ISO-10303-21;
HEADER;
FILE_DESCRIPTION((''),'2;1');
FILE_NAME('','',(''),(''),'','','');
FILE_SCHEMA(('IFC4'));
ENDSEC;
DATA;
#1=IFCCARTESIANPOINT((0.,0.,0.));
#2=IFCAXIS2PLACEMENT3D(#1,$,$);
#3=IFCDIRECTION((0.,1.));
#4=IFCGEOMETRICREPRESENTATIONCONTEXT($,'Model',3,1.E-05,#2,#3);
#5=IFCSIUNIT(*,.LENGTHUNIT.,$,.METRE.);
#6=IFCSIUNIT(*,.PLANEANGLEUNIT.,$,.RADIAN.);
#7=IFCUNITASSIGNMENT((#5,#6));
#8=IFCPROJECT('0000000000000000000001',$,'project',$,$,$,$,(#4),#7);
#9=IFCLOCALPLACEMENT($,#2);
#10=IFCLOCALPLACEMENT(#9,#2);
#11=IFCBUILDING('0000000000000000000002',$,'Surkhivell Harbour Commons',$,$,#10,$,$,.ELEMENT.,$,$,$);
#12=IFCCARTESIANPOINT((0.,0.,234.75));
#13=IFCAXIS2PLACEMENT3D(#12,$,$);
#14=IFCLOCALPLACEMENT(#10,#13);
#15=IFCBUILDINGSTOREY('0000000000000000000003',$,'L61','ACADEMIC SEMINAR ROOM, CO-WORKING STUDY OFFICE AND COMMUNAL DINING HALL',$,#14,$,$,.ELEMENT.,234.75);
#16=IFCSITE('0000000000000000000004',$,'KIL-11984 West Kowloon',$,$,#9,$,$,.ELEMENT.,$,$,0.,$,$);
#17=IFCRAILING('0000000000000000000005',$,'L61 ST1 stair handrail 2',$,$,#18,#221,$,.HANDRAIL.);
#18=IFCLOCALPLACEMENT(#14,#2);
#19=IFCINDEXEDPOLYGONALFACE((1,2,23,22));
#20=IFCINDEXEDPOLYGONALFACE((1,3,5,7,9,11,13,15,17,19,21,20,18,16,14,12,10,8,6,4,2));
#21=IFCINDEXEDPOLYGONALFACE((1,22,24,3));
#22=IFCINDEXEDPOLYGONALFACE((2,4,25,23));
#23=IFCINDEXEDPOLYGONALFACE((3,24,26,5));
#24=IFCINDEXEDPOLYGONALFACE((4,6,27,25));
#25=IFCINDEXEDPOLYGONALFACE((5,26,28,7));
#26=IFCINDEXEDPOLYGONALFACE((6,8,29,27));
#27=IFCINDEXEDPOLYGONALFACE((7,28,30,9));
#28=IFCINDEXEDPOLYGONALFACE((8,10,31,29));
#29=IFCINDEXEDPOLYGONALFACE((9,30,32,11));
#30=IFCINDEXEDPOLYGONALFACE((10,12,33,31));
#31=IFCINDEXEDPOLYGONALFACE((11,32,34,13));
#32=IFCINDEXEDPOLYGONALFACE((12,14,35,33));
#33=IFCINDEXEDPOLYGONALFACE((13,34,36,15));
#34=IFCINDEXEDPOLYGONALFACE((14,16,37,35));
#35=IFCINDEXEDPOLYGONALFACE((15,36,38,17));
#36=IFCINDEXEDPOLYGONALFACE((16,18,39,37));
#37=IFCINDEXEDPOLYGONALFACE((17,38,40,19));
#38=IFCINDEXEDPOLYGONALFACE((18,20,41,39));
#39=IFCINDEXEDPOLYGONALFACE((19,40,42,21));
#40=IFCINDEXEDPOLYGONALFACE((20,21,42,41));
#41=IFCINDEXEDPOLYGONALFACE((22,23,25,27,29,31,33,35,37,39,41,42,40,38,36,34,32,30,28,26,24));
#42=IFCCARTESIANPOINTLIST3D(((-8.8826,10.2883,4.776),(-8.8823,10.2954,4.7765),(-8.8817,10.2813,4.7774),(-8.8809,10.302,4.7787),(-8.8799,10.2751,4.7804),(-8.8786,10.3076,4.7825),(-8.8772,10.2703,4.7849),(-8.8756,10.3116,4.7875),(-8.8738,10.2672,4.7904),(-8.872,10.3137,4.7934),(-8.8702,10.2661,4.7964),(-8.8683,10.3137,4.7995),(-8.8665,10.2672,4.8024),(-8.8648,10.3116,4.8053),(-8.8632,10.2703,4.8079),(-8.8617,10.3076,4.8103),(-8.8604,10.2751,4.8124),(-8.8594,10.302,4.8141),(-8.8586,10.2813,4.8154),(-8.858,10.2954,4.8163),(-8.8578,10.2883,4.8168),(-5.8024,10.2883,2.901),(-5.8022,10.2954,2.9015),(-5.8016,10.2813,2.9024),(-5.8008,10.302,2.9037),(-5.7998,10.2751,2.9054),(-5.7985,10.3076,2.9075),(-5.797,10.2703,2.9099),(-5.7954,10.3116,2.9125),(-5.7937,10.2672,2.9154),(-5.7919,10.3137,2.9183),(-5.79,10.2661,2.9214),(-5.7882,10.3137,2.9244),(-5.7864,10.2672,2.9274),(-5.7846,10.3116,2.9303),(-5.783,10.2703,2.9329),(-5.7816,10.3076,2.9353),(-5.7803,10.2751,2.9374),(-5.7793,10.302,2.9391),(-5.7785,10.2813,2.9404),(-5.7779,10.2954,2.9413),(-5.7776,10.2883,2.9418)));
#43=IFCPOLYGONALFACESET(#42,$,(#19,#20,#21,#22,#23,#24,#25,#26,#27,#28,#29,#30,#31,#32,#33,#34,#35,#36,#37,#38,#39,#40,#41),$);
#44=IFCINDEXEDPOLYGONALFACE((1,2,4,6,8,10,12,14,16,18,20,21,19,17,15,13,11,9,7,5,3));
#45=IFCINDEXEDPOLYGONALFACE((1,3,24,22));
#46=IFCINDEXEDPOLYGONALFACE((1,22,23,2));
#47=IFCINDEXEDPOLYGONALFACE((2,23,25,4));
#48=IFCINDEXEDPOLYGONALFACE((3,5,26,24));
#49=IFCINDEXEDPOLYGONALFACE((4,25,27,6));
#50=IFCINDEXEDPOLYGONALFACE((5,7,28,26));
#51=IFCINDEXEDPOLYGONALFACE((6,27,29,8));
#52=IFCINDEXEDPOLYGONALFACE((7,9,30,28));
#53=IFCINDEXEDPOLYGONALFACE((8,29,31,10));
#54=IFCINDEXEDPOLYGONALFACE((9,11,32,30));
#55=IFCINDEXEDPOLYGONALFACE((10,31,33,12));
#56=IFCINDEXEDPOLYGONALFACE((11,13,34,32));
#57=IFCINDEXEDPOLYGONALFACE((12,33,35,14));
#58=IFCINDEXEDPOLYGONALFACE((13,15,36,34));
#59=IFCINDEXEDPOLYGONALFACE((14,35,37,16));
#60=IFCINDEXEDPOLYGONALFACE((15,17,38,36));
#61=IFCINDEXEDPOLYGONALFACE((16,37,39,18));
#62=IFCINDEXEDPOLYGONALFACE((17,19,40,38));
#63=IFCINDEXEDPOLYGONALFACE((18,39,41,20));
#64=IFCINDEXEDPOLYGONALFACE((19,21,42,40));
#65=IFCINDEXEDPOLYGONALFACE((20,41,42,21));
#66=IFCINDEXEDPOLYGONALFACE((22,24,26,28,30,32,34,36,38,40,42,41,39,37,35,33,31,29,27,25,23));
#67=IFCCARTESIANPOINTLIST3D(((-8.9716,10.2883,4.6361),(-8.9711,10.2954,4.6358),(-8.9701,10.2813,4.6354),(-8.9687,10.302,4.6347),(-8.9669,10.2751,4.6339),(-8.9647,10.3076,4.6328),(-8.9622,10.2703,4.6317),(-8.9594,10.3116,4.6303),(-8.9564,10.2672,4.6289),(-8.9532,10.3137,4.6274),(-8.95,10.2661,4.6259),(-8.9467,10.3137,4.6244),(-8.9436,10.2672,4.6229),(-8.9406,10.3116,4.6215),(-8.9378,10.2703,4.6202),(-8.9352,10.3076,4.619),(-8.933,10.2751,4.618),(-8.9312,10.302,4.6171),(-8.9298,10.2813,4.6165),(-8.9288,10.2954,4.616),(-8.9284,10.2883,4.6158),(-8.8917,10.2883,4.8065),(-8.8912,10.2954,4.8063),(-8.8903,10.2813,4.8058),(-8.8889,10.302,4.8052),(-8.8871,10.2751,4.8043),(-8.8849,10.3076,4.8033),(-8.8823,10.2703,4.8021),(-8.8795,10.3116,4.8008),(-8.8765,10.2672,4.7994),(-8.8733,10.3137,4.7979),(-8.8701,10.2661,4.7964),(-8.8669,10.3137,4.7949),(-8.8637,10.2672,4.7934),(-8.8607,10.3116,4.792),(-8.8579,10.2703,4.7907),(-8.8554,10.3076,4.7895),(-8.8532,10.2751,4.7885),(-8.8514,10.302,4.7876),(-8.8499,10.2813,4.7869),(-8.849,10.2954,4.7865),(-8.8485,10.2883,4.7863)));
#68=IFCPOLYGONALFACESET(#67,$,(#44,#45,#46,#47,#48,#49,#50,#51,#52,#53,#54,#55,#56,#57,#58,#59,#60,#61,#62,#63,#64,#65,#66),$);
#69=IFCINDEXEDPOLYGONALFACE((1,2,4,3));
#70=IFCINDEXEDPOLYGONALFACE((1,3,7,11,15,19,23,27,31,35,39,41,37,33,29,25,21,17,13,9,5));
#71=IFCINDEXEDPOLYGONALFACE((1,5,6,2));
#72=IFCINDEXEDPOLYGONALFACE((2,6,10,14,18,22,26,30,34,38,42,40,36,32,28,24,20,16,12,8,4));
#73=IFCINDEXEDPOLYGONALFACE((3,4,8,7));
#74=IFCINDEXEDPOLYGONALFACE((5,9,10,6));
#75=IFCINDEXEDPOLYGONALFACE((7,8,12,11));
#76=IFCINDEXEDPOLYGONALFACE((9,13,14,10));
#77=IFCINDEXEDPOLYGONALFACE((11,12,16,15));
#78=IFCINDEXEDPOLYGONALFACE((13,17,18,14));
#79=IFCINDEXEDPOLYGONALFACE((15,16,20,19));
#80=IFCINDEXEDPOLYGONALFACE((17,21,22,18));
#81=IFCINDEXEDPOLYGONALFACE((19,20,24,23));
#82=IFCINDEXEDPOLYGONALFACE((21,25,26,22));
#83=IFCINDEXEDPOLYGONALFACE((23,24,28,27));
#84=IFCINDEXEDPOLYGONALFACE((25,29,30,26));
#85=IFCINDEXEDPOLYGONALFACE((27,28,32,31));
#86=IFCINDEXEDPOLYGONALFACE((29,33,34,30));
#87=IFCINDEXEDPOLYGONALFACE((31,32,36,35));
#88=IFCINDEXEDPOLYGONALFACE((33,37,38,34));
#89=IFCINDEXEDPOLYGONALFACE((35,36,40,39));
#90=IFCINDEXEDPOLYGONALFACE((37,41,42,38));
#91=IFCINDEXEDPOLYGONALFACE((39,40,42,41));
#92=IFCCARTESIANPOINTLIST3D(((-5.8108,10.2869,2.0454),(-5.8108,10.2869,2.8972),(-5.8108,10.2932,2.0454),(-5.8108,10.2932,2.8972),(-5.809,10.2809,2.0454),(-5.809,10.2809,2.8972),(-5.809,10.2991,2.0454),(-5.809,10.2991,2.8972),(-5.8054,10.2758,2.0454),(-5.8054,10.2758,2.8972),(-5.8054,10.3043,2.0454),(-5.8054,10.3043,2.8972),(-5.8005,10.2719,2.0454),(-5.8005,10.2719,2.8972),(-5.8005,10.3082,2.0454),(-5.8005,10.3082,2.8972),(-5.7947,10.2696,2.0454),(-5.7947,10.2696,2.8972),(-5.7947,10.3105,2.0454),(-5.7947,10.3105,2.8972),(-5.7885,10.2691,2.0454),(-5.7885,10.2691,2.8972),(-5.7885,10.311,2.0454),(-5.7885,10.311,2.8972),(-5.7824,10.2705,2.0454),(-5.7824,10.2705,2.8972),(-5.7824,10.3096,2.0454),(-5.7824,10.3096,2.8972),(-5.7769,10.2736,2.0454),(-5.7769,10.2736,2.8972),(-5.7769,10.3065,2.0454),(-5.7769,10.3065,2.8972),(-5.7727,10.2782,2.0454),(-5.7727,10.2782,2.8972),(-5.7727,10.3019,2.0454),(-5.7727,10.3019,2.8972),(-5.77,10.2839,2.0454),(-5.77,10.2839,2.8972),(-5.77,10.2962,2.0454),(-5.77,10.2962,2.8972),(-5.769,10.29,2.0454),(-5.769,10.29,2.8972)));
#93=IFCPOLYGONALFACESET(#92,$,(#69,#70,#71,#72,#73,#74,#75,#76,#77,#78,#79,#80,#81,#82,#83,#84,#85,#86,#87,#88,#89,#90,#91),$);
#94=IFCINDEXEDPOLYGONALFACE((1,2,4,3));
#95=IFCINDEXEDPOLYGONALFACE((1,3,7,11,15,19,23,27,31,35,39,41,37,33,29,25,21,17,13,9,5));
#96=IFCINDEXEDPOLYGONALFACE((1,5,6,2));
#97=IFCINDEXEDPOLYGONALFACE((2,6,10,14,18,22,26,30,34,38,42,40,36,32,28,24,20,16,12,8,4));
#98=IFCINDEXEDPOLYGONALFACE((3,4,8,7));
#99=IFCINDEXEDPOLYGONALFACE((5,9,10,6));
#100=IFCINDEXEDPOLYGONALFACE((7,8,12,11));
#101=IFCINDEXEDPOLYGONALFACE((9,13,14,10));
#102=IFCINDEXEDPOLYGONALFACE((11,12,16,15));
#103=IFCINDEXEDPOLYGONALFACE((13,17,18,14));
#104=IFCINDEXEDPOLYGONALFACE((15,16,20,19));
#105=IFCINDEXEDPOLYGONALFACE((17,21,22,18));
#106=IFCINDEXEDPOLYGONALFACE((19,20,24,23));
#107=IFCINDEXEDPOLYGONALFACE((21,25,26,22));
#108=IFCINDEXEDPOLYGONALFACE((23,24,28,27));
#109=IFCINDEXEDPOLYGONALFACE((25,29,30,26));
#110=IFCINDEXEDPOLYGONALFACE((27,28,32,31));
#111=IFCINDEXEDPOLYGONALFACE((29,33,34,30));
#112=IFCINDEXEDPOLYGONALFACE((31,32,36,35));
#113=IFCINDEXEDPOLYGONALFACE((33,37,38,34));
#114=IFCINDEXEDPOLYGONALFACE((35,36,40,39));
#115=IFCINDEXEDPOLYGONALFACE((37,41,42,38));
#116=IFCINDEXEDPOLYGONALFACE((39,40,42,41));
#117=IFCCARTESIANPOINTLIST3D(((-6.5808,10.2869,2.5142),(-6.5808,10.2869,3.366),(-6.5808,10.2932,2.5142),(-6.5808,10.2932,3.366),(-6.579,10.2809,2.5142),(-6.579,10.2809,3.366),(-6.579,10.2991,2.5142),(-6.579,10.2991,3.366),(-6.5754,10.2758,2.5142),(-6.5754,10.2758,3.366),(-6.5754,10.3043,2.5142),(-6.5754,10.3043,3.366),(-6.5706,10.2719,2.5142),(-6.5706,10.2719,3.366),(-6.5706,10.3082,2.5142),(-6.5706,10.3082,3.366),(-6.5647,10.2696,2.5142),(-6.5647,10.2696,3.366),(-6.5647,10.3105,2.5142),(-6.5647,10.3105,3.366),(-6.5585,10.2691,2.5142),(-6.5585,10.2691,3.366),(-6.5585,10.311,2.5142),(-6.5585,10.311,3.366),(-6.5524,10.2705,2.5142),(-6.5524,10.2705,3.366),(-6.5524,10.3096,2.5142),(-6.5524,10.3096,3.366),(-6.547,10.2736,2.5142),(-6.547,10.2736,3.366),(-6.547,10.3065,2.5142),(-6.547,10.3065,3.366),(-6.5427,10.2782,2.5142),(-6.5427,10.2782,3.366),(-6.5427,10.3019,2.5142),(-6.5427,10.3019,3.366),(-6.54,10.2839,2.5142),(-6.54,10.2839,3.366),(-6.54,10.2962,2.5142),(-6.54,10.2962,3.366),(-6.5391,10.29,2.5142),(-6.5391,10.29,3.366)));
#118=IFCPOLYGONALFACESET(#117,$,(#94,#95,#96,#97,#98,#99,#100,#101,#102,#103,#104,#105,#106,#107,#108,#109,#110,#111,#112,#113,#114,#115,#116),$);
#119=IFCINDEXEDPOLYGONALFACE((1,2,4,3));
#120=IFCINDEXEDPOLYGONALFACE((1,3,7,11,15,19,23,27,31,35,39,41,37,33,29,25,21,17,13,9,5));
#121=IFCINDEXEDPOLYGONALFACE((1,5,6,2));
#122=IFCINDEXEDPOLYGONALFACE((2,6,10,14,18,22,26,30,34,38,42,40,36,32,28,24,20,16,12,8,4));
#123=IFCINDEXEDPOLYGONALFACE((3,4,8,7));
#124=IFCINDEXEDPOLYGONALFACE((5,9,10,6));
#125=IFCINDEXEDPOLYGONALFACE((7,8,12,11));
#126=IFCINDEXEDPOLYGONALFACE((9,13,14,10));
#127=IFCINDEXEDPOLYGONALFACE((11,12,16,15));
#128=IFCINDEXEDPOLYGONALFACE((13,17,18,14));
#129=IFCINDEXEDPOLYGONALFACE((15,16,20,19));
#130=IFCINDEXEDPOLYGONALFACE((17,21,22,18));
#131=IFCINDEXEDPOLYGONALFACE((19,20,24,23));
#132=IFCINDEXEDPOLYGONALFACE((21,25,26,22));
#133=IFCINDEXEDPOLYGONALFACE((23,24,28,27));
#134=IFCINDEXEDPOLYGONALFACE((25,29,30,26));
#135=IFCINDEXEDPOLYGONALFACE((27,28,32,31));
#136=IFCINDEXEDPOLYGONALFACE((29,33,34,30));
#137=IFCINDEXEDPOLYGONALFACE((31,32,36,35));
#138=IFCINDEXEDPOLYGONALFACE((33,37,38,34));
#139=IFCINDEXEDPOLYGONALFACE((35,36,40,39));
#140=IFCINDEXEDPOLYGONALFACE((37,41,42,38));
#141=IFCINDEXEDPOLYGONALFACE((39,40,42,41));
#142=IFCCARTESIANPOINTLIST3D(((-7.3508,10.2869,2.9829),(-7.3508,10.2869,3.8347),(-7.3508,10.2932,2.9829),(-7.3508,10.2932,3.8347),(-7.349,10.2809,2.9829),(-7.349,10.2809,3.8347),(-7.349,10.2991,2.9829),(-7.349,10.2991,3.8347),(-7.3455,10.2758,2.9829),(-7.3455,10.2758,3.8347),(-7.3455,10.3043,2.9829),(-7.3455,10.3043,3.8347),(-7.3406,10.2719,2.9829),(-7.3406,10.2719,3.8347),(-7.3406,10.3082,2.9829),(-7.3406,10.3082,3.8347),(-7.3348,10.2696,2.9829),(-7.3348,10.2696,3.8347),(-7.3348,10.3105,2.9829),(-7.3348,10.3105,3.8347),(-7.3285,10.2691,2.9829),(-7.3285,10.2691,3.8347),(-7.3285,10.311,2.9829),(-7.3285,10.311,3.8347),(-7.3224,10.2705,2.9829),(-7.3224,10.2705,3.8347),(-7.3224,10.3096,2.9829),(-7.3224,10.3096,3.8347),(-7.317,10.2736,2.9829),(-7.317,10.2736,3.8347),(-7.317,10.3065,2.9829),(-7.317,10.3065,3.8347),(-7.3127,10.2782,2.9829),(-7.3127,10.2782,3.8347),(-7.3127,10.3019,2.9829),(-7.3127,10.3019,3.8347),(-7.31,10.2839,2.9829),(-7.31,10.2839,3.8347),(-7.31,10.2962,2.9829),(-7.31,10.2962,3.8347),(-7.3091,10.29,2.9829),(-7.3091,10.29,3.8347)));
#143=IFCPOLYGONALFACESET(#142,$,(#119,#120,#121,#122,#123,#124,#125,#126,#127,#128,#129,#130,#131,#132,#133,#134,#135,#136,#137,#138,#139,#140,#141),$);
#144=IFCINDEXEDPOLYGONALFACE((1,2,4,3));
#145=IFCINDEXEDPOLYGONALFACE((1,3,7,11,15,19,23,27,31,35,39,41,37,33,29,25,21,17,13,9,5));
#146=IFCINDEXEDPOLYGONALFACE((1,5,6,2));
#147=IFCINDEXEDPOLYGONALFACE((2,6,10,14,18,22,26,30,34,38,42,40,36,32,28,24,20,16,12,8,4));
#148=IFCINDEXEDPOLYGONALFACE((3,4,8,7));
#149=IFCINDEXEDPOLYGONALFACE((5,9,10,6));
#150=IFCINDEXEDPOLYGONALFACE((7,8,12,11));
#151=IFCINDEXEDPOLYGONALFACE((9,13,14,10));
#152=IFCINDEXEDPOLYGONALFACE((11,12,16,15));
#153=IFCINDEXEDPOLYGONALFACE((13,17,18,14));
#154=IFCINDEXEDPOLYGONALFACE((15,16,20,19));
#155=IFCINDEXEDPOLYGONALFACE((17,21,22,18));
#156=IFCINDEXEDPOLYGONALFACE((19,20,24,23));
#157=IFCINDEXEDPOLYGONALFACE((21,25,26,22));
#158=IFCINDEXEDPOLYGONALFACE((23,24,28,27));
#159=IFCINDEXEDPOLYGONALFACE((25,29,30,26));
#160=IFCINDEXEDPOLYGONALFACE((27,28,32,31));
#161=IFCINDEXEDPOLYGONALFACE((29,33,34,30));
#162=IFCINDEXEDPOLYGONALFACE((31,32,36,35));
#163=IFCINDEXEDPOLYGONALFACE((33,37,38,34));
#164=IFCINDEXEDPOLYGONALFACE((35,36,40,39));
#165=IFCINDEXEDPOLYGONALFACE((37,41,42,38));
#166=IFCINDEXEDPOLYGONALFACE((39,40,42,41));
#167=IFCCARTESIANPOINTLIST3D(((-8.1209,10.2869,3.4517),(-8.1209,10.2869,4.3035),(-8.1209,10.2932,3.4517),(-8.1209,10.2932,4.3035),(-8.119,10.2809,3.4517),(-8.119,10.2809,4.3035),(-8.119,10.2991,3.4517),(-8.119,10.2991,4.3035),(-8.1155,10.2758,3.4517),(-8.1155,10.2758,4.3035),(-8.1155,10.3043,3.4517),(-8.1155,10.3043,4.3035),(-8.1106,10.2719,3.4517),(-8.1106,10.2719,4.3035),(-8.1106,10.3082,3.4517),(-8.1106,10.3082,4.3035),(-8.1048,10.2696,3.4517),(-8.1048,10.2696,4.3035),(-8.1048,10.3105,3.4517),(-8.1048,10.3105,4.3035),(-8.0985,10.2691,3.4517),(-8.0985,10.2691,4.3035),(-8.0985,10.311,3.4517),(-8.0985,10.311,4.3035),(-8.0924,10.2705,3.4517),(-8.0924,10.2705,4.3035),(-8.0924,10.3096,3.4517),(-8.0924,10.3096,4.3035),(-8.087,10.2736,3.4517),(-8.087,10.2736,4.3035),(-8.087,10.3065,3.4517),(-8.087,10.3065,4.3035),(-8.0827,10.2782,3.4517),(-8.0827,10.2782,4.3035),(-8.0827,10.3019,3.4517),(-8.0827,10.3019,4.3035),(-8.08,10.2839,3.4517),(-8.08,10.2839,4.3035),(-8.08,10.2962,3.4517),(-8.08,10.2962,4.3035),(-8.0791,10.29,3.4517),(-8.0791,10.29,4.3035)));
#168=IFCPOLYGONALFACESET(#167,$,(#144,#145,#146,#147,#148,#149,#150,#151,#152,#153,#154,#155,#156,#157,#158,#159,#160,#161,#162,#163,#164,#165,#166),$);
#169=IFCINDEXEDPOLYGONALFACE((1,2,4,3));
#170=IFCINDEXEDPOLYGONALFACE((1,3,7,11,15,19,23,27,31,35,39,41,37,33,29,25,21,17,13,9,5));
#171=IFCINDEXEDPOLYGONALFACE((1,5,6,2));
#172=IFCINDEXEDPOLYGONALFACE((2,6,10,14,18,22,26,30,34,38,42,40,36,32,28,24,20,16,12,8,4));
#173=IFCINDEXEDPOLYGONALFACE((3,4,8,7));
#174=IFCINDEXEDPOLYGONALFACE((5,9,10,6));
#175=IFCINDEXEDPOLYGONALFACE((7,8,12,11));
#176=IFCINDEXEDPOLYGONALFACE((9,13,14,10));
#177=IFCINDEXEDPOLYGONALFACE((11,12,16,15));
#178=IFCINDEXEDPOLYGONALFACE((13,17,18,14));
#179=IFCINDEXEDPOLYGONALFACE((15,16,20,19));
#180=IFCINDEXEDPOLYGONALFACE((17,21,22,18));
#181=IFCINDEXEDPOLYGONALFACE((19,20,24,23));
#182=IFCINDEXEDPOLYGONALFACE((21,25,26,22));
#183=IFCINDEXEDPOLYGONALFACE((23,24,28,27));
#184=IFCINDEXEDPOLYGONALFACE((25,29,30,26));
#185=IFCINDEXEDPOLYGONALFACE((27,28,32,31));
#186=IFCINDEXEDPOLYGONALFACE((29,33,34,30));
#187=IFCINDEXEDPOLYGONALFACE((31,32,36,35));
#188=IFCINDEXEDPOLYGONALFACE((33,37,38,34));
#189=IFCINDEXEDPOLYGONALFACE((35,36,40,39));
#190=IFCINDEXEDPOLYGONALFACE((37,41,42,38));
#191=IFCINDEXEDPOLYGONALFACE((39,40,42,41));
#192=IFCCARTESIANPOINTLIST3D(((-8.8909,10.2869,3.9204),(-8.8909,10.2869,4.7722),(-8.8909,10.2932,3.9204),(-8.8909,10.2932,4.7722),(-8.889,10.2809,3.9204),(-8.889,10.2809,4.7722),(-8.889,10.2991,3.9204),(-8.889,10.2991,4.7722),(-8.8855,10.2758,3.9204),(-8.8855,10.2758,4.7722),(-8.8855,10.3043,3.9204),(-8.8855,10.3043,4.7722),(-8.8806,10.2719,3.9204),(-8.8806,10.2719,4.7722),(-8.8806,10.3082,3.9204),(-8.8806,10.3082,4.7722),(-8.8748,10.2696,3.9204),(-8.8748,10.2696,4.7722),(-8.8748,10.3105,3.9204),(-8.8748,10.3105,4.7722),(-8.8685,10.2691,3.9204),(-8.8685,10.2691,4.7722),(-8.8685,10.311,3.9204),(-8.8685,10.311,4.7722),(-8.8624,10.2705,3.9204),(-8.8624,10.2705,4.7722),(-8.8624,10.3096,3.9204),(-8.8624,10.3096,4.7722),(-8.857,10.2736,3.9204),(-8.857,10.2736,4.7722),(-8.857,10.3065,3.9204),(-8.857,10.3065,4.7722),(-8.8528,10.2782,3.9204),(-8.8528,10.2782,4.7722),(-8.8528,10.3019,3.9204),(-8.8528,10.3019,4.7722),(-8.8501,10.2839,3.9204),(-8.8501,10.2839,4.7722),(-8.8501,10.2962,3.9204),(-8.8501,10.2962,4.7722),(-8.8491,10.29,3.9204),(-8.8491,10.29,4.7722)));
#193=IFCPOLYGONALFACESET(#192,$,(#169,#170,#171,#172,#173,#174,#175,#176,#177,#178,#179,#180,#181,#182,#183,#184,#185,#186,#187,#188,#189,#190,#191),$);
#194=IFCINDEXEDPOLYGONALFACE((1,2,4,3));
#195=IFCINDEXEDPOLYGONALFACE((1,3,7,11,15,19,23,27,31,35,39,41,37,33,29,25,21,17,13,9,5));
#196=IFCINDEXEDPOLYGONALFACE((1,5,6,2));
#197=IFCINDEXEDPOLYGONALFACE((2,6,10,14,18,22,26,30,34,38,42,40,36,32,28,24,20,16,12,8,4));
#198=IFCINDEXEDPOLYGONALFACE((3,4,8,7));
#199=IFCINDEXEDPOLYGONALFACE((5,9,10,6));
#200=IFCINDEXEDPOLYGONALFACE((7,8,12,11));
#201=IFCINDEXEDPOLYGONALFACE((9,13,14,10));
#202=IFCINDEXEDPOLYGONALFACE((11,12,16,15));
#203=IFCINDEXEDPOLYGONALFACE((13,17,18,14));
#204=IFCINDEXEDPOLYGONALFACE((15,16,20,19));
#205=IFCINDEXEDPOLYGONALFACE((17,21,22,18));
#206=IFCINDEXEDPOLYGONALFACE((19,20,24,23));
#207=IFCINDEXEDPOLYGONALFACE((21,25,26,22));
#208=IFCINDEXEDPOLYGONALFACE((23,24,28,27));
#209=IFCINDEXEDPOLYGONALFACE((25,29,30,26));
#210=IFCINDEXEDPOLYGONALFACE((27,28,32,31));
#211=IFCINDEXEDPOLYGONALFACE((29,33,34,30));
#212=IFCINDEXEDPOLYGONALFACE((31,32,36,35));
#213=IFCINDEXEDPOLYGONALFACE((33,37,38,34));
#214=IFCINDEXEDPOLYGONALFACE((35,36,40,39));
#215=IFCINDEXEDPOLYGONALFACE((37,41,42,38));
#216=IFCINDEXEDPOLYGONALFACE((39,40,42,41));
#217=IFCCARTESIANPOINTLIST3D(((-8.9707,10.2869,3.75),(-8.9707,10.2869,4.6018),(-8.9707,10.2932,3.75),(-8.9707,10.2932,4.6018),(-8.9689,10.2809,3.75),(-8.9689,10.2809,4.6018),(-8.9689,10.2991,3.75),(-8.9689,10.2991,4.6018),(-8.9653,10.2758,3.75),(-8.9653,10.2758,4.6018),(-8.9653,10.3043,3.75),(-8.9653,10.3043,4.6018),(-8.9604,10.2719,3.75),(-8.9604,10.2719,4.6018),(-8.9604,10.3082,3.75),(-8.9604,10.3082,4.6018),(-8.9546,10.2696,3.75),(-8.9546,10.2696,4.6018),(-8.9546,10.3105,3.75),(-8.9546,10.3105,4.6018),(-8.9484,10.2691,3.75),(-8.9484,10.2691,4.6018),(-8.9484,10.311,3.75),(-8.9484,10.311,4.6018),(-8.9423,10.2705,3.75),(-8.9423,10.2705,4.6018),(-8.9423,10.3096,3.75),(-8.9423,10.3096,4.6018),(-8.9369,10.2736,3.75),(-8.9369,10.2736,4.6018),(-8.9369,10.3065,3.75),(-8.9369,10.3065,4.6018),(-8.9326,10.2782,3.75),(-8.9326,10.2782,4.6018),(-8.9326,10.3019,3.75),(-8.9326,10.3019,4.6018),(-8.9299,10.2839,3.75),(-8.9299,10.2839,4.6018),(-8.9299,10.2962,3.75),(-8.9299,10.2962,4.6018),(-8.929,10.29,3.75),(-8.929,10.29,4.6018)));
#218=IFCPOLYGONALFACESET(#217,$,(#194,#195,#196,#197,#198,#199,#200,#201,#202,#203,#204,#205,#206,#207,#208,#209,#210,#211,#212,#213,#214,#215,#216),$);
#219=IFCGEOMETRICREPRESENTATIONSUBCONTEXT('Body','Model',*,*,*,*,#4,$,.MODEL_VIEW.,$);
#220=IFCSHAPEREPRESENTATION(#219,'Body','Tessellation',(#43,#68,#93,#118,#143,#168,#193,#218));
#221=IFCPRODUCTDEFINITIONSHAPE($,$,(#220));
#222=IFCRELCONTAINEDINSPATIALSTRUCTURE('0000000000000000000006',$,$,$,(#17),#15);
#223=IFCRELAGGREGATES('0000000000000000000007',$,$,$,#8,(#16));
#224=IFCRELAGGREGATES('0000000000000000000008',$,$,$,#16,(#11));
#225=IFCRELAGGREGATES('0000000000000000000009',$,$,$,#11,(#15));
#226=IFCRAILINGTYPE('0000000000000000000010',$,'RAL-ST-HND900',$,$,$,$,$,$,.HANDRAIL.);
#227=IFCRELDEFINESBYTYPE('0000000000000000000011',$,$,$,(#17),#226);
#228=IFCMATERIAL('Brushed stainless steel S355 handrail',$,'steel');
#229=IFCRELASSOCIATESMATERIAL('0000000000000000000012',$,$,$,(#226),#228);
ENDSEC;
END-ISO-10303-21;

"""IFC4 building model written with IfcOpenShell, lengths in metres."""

from ifc_helpers import new_model, si_unit, direction, frame, origin, origin_2d, place, context, subcontext, project, spatial, circle, extrude, material, type_object, element, save


model = new_model("IFC4")

# Units and contexts
model_context = context("Model", 3, precision=1e-05, world=origin(), true_north=direction((0.0, 1.0)))
body_context = subcontext(model_context, "Body", "Model", "MODEL_VIEW")
ifc_project = project(units=[si_unit("LENGTHUNIT", "METRE"), si_unit("PLANEANGLEUNIT", "RADIAN")], contexts=[model_context])

# Site, building, storey
site_placement = place(None, origin())
site = spatial("IfcSite", under=ifc_project, at=site_placement, Name="KIL-11984 West Kowloon", CompositionType="ELEMENT", RefElevation=0.0)
building_placement = place(site_placement, origin())
building = spatial("IfcBuilding", under=site, at=building_placement, Name="Surkhivell Harbour Commons", CompositionType="ELEMENT")
storey_placement = place(building_placement, frame((0.0, 0.0, 234.75)))
storey = spatial("IfcBuildingStorey", under=building, at=storey_placement, Name="L61", Description="ACADEMIC SEMINAR ROOM, CO-WORKING STUDY OFFICE AND COMMUNAL DINING HALL", CompositionType="ELEMENT", Elevation=234.75)

# Railing
ifc_material_1 = material(Name="Brushed stainless steel S355 handrail", Category="steel")
railing_type_1 = type_object("IfcRailingType", Name="RAL-ST-HND900", PredefinedType="HANDRAIL", material=ifc_material_1)
railing_1_placement = place(storey_placement, frame((-5.79, 10.29, 2.0454)))
element("IfcRailing", 1, at=railing_1_placement, inside=storey, type_object=railing_type_1, Name="L61 ST1 stair handrail 2", PredefinedType="HANDRAIL", context=body_context, shape_type="SweptSolid", body=[
    extrude(circle(Radius=0.0239, at=origin_2d()), frame((0.0, 0.0, 0.876), z_axis=(-0.854178, 0.0, 0.519981), x_axis=(0.0, -1.0, 0.0)), (0.0, 0.0, 1.0), 3.606),
    extrude(circle(Radius=0.0239, at=origin_2d()), frame((-3.0801, 0.0, 2.751), z_axis=(-0.424234, 0.0, -0.905552), x_axis=(0.0, -1.0, 0.0)), (0.0, 0.0, 1.0), 0.1882),
    extrude(circle(Radius=0.021, at=origin_2d()), origin(), (0.0, 0.0, 1.0), 0.8518),
    extrude(circle(Radius=0.021, at=origin_2d()), frame((-0.77, 0.0, 0.4688)), (0.0, 0.0, 1.0), 0.8518),
    extrude(circle(Radius=0.021, at=origin_2d()), frame((-1.54, 0.0, 0.9375)), (0.0, 0.0, 1.0), 0.8518),
    extrude(circle(Radius=0.021, at=origin_2d()), frame((-2.3101, 0.0, 1.4062)), (0.0, 0.0, 1.0), 0.8518),
    extrude(circle(Radius=0.021, at=origin_2d()), frame((-3.0801, 0.0, 1.875)), (0.0, 0.0, 1.0), 0.8518),
    extrude(circle(Radius=0.021, at=origin_2d()), frame((-3.1599, 0.0, 1.7046)), (0.0, 0.0, 1.0), 0.8518),
])

save(model, "model.ifc")
